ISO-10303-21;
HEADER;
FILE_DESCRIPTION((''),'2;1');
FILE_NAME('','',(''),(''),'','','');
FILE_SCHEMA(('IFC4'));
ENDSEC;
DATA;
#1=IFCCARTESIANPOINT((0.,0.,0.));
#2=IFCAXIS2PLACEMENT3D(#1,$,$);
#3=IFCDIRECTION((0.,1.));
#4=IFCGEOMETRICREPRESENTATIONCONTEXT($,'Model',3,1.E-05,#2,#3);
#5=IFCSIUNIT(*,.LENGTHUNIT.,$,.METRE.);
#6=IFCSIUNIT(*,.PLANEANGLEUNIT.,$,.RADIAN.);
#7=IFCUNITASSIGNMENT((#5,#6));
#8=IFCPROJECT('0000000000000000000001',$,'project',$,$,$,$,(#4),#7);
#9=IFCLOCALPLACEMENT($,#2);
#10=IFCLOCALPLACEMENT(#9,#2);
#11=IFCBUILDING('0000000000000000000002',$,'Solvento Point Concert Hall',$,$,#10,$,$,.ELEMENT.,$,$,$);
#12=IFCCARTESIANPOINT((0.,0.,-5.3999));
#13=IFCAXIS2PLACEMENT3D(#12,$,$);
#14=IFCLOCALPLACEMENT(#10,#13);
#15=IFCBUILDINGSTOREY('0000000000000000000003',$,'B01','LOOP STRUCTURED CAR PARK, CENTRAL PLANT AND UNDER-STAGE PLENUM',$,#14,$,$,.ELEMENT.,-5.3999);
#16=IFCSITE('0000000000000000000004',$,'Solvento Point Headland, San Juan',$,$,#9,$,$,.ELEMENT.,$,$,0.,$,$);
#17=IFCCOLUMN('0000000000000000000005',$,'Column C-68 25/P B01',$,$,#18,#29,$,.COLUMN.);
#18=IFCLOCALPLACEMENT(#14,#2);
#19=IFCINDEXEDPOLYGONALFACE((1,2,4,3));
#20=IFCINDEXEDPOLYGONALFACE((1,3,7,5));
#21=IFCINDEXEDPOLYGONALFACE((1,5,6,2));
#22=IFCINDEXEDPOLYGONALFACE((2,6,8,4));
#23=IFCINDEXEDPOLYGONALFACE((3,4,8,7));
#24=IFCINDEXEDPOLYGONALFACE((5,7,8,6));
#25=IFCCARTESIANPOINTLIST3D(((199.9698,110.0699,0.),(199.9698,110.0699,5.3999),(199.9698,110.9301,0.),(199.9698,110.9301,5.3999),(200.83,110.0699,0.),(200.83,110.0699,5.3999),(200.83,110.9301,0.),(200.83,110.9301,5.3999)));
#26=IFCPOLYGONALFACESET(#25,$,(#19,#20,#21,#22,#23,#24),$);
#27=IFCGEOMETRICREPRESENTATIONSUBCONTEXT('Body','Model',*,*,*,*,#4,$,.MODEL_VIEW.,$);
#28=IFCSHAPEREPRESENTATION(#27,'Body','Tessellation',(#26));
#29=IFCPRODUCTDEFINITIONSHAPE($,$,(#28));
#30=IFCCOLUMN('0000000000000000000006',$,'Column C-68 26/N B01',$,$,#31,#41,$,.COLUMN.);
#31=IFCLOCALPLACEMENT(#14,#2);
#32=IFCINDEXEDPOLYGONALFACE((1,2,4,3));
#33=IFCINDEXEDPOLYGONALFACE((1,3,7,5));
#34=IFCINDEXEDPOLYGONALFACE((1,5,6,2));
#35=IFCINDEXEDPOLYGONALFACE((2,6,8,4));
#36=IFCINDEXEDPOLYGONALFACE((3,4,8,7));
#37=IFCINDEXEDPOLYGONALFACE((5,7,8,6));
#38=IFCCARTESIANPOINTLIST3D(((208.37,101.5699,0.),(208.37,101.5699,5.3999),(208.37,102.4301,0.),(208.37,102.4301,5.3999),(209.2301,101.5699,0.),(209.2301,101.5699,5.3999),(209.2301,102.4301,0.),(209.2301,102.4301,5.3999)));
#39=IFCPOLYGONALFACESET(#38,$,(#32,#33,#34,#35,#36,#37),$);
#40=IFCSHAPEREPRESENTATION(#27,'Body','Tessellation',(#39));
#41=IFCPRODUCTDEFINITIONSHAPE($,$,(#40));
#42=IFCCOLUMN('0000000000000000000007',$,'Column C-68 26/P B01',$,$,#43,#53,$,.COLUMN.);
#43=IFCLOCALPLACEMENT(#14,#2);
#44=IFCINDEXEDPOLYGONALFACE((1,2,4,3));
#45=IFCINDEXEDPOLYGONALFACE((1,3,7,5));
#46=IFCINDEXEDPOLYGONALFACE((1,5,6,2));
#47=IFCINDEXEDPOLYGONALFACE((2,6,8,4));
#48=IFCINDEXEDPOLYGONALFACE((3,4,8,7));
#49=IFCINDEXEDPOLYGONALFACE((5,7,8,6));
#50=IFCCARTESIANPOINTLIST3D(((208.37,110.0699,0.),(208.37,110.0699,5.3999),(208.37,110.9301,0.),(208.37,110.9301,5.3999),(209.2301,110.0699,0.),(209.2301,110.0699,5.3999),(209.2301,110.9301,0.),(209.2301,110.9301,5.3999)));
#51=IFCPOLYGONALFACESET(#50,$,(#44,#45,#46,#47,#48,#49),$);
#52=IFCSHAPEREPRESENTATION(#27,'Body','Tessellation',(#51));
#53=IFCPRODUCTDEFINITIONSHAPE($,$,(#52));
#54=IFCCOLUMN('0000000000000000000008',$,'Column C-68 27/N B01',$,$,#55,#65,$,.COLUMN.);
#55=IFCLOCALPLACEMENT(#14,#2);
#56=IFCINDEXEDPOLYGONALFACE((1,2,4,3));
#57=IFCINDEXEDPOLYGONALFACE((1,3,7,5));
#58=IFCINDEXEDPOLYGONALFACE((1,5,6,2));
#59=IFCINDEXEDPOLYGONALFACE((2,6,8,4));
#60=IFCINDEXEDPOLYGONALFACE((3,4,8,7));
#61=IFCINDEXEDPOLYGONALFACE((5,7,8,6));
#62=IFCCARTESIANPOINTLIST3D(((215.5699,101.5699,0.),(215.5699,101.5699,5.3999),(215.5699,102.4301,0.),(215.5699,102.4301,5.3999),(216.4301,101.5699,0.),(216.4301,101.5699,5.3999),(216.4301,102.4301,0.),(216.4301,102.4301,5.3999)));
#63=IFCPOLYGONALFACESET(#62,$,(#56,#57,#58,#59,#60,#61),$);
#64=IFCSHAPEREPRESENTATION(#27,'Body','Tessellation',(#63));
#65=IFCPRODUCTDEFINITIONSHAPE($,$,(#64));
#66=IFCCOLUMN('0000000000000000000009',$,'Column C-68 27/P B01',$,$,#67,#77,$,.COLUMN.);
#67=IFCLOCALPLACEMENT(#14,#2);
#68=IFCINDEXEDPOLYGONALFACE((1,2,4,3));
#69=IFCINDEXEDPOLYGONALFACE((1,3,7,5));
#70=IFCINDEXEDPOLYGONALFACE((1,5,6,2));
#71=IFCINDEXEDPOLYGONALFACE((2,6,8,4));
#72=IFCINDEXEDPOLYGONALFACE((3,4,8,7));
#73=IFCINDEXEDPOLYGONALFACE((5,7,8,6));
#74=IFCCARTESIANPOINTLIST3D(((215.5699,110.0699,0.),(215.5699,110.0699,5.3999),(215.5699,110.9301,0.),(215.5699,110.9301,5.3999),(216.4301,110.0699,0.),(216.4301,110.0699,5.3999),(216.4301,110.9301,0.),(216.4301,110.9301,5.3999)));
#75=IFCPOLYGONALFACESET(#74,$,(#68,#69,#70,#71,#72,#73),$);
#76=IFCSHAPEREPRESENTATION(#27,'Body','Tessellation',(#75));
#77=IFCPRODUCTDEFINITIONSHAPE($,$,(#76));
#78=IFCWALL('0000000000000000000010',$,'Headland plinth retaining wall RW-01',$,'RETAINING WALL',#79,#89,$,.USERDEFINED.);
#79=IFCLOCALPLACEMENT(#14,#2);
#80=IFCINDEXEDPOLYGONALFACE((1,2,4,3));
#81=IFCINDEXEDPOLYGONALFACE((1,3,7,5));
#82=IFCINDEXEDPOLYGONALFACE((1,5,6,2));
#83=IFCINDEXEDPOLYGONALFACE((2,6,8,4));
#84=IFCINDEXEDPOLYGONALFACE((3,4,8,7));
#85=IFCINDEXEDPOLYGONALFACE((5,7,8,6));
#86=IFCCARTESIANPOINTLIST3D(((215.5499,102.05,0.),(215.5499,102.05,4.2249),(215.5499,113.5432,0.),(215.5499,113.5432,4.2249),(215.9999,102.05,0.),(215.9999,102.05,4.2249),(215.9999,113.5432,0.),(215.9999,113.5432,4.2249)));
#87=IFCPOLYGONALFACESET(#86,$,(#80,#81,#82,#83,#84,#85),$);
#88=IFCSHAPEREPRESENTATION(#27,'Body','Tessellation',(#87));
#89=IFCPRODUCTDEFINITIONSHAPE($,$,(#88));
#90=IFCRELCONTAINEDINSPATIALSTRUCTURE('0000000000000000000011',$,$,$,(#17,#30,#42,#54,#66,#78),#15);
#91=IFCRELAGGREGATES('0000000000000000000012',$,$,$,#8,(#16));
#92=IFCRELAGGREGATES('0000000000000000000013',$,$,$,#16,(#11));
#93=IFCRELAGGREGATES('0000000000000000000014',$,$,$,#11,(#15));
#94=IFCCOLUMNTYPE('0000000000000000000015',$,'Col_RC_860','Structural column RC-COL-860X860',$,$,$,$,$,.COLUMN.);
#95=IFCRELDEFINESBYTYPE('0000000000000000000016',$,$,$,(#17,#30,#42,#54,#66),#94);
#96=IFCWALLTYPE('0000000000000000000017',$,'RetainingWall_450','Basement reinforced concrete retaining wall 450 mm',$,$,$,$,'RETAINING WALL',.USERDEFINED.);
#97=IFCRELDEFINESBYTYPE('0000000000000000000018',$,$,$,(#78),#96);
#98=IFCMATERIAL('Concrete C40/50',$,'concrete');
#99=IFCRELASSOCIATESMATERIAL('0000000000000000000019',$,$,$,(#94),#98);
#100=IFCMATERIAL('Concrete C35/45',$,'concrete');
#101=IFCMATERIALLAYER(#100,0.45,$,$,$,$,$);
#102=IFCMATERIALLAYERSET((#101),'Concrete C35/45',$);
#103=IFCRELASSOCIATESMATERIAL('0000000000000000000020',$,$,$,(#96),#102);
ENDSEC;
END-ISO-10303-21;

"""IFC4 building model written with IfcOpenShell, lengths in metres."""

from ifc_helpers import new_model, si_unit, direction, frame, frame_2d, origin, origin_2d, place, context, subcontext, project, spatial, rectangle, extrude, material, layer, layer_set, material_profile, profile_set, type_object, element, save


model = new_model("IFC4")

# Units and contexts
model_context = context("Model", 3, precision=1e-05, world=origin(), true_north=direction((0.0, 1.0)))
body_context = subcontext(model_context, "Body", "Model", "MODEL_VIEW")
ifc_project = project(units=[si_unit("LENGTHUNIT", "METRE"), si_unit("PLANEANGLEUNIT", "RADIAN")], contexts=[model_context])

# Site, building, storey
site_placement = place(None, origin())
site = spatial("IfcSite", under=ifc_project, at=site_placement, Name="Solvento Point Headland, San Juan", CompositionType="ELEMENT", RefElevation=0.0)
building_placement = place(site_placement, origin())
building = spatial("IfcBuilding", under=site, at=building_placement, Name="Solvento Point Concert Hall", CompositionType="ELEMENT")
storey_placement = place(building_placement, frame((0.0, 0.0, -5.3999)))
storey = spatial("IfcBuildingStorey", under=building, at=storey_placement, Name="B01", Description="LOOP STRUCTURED CAR PARK, CENTRAL PLANT AND UNDER-STAGE PLENUM", CompositionType="ELEMENT", Elevation=-5.3999)

# Columns
ifc_material_1 = material(Name="Concrete C40/50", Category="concrete")
ifc_material_profile_1 = material_profile(ifc_material_1, rectangle(XDim=0.8601, YDim=0.8601, at=origin_2d()), Name="RC-COL-860X860")
ifc_profile_set_1 = profile_set([ifc_material_profile_1], Name="Concrete C40/50")
column_type = type_object("IfcColumnType", Name="Col_RC_860", Description="Structural column RC-COL-860X860", PredefinedType="COLUMN", material=ifc_profile_set_1)
for number, where, z_axis, x_axis, name in (
    (1, (200.3999, 110.5, 0.0), (0.0, 0.0, 1.0), (1.0, 0.0, 0.0), "Column C-68 25/P B01"),
    (2, (208.8, 102.0, 0.0), (0.0, 0.0, 1.0), (1.0, 0.0, 0.0), "Column C-68 26/N B01"),
    (3, (208.8, 110.5, 0.0), (0.0, 0.0, 1.0), (1.0, 0.0, 0.0), "Column C-68 26/P B01"),
    (4, (216.0, 102.0, 0.0), (0.0, 0.0, 1.0), (1.0, 0.0, 0.0), "Column C-68 27/N B01"),
    (5, (216.0, 110.5, 0.0), (0.0, 0.0, 1.0), (1.0, 0.0, 0.0), "Column C-68 27/P B01"),
):
    element("IfcColumn", number, at=place(storey_placement, frame(where, z_axis=z_axis, x_axis=x_axis)), inside=storey, type_object=column_type, Name=name, PredefinedType="COLUMN", context=body_context, shape_type="SweptSolid", body=[
        extrude(rectangle(XDim=0.8601, YDim=0.8601, at=origin_2d()), origin(), (0.0, 0.0, 1.0), 5.3999),
    ])

# Wall
ifc_material_2 = material(Name="Concrete C35/45", Category="concrete")
ifc_layer = layer(ifc_material_2, 0.45)
ifc_layer_set = layer_set([ifc_layer], Name="Concrete C35/45")
wall_type = type_object("IfcWallType", Name="RetainingWall_450", Description="Basement reinforced concrete retaining wall 450 mm", ElementType="RETAINING WALL", PredefinedType="USERDEFINED", material=ifc_layer_set)
wall_placement = place(storey_placement, frame((215.7749, 113.5432, 0.0), z_axis=(0.0, 0.0, 1.0), x_axis=(0.0, -1.0, 0.0)))
element("IfcWall", 6, at=wall_placement, inside=storey, type_object=wall_type, Name="Headland plinth retaining wall RW-01", ObjectType="RETAINING WALL", PredefinedType="USERDEFINED", context=body_context, shape_type="SweptSolid", body=[
    extrude(rectangle(XDim=11.4932, YDim=0.45, at=frame_2d((5.7466, 0.0))), origin(), (0.0, 0.0, 1.0), 4.2249),
])

save(model, "model.ifc")
